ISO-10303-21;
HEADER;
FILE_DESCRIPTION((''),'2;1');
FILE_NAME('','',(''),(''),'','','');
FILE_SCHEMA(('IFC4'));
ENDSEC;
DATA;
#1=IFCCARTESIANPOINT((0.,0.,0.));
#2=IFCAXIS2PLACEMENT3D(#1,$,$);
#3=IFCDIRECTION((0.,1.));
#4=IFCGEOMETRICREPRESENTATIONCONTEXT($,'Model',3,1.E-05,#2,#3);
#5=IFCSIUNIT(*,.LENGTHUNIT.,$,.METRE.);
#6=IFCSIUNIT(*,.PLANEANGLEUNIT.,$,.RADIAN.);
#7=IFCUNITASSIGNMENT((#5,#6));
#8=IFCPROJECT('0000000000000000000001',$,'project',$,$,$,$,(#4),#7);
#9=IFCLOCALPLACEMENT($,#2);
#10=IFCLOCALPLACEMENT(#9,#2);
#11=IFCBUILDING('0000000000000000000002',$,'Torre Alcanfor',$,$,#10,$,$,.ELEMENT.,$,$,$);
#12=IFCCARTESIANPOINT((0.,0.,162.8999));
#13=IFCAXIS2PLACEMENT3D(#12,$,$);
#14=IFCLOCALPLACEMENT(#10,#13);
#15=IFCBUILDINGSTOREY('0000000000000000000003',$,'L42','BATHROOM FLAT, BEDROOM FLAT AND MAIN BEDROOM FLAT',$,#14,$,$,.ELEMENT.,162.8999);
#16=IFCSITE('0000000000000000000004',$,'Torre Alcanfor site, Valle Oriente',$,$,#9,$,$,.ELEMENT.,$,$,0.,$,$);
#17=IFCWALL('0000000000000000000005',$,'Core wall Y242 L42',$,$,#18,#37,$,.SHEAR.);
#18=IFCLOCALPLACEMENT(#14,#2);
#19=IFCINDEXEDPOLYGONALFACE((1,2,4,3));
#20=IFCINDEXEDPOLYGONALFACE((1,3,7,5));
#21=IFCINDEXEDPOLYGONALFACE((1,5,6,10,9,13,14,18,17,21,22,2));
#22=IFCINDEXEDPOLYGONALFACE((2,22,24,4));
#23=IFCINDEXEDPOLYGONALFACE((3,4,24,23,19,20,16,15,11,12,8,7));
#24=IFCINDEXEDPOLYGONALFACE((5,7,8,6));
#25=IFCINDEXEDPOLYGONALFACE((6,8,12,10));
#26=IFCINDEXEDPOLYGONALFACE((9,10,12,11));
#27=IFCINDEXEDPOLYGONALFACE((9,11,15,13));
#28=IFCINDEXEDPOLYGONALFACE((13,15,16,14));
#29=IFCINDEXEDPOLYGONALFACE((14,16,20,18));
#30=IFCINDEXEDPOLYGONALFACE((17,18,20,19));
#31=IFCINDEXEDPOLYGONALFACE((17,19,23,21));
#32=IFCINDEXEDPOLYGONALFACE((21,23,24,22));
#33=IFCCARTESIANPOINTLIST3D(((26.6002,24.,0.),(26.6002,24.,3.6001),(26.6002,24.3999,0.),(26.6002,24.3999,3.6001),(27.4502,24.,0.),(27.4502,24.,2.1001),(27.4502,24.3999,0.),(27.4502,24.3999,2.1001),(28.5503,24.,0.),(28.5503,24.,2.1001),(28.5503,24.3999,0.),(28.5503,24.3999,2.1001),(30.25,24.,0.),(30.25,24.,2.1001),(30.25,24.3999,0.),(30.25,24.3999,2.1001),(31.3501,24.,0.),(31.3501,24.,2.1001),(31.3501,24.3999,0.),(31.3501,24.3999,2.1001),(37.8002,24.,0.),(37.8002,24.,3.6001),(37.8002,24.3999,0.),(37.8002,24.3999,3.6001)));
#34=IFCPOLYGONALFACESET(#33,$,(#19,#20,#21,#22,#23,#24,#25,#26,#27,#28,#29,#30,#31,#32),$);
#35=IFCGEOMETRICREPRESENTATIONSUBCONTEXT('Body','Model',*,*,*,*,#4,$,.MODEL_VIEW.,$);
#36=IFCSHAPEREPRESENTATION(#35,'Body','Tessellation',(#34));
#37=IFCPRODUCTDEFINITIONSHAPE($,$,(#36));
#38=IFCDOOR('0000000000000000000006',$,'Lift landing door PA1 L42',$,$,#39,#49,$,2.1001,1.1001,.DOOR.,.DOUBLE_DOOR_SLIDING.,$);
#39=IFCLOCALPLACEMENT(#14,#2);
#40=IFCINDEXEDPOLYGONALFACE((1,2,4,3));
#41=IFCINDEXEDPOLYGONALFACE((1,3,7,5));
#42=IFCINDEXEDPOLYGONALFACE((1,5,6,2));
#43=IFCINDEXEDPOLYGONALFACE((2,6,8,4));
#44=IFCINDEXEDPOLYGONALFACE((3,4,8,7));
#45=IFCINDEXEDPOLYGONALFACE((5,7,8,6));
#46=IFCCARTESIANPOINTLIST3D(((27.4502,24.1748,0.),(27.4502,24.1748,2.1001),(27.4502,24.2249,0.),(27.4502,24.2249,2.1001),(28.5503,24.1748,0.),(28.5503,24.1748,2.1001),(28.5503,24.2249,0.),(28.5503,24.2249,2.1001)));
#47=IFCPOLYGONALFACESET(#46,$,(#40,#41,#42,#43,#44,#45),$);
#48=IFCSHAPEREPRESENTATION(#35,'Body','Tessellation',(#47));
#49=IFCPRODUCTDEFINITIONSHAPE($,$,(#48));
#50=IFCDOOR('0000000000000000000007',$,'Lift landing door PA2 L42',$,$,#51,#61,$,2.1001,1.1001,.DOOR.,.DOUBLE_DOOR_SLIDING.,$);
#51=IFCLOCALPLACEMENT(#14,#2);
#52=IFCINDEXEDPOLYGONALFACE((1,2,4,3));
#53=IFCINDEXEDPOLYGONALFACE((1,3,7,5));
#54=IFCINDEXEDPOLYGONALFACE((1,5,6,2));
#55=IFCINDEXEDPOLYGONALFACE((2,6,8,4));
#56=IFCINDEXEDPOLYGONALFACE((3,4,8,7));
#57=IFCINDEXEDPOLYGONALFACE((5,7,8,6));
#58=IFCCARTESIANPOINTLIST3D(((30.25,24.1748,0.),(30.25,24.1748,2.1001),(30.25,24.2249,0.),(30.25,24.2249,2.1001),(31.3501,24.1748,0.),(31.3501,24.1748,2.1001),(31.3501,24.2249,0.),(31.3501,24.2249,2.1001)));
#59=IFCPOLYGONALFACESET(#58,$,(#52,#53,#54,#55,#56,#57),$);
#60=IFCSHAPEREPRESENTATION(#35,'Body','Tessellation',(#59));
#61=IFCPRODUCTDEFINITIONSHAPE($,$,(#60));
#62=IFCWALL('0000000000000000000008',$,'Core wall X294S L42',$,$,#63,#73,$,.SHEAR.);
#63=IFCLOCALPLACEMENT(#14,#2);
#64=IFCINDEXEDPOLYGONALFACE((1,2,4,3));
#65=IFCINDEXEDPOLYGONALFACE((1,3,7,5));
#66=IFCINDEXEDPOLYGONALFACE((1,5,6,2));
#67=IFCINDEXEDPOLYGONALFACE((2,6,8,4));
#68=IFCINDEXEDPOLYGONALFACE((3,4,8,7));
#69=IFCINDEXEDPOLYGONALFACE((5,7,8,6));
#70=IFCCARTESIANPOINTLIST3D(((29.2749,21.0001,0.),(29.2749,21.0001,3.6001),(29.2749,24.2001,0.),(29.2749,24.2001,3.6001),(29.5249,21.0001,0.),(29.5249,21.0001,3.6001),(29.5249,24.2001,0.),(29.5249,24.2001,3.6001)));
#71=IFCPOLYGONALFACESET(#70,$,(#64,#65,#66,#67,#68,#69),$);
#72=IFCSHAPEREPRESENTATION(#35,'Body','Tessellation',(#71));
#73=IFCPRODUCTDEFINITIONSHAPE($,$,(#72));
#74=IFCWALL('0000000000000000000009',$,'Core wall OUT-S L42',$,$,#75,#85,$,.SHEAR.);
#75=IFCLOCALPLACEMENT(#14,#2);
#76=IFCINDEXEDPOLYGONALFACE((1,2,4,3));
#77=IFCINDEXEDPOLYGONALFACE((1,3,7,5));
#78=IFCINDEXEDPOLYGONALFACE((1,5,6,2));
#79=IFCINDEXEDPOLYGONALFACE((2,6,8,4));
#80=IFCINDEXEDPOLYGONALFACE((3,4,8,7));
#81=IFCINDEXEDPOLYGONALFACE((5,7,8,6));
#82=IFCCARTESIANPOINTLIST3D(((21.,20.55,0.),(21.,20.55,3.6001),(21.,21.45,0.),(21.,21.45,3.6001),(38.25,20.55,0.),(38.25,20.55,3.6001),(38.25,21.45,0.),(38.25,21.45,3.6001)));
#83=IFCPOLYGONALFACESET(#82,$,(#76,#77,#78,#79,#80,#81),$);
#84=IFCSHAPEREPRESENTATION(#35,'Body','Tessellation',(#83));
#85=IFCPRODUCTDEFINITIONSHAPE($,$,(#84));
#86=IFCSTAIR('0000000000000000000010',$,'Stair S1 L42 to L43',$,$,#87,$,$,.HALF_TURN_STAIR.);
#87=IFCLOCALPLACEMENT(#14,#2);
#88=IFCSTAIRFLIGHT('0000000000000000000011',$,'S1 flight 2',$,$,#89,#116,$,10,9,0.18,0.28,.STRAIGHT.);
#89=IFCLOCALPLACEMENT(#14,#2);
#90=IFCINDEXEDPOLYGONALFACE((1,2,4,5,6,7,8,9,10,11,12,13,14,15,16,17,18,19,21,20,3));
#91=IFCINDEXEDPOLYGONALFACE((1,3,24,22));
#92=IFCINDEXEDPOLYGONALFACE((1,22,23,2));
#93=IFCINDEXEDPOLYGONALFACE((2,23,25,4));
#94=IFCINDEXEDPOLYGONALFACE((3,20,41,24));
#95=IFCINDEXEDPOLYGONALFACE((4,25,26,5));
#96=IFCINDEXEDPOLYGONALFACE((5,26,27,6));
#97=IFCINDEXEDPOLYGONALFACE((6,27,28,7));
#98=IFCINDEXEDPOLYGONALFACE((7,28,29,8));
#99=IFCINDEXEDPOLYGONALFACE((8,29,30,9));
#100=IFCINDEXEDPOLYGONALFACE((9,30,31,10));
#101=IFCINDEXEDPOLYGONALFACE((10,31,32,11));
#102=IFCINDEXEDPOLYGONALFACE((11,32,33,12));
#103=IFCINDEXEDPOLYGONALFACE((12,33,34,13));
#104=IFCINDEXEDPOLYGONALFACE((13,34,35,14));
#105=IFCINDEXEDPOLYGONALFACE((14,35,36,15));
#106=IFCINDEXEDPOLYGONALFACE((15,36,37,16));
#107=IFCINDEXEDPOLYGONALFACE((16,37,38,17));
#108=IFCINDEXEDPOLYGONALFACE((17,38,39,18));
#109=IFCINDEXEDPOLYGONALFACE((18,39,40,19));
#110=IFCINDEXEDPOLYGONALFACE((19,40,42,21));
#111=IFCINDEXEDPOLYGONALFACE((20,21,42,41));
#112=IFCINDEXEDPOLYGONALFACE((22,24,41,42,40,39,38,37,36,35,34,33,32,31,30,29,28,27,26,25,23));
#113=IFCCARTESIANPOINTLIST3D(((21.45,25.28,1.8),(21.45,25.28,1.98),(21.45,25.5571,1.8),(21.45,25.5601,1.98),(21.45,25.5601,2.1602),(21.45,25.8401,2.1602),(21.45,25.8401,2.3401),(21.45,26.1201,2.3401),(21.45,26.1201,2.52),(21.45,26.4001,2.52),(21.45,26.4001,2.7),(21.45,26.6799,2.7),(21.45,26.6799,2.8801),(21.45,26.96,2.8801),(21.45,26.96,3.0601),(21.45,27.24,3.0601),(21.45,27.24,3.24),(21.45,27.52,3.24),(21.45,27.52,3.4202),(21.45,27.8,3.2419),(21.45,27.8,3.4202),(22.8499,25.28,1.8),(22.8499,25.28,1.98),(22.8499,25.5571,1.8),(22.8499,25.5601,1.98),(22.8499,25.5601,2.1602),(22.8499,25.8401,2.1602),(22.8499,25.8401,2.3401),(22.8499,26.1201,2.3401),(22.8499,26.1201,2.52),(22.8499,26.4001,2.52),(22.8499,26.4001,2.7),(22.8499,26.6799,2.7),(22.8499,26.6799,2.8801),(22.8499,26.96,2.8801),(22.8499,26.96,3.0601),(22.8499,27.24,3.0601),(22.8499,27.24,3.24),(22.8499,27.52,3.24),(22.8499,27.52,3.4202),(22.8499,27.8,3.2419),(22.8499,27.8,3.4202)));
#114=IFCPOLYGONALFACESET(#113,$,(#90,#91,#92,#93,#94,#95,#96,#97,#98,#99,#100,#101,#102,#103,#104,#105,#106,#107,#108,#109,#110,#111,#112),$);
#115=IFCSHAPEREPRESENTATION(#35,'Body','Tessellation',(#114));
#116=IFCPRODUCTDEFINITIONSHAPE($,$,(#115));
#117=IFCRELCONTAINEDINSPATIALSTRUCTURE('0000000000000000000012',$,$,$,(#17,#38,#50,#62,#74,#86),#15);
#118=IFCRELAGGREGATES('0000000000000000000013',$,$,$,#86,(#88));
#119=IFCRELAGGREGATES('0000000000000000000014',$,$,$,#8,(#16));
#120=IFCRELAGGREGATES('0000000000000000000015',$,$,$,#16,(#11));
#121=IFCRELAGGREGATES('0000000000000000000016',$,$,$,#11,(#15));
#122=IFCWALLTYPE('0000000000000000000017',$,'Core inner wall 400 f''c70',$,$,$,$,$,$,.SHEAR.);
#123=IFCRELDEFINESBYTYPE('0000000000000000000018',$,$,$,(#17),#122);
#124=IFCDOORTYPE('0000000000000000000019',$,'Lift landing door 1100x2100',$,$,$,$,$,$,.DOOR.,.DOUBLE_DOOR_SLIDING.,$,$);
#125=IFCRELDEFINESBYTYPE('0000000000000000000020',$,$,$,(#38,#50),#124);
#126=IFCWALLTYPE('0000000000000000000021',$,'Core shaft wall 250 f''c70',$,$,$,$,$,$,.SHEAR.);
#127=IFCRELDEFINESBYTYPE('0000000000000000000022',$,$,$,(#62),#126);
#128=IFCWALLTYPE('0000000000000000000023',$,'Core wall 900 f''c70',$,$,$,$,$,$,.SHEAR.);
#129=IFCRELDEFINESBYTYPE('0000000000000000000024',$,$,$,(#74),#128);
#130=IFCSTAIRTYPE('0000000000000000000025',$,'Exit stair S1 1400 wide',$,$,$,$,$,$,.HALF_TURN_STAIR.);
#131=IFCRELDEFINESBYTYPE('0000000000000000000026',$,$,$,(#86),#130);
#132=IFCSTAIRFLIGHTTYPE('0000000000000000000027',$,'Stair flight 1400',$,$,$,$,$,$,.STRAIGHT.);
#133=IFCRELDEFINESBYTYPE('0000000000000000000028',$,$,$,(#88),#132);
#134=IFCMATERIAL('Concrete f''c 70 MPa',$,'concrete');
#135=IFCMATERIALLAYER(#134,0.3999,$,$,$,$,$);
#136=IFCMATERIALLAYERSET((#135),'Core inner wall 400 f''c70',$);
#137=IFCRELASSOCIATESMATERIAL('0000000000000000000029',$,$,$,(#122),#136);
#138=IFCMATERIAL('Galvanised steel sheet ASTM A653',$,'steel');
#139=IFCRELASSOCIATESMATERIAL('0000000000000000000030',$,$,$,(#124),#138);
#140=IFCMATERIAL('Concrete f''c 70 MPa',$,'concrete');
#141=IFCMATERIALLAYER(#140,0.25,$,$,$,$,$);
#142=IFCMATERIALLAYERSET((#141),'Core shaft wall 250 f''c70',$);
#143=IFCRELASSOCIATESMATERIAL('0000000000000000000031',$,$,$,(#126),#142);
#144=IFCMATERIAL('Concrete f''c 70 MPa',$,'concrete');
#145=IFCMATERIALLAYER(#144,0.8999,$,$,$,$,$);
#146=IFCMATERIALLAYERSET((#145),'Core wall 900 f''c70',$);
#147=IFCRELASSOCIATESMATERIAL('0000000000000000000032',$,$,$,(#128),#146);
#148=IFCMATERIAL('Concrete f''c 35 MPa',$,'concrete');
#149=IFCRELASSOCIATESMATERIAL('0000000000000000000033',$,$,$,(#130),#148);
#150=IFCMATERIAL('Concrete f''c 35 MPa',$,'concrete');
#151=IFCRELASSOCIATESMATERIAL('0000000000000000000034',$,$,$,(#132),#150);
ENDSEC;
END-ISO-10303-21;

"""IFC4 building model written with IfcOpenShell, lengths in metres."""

from ifc_helpers import new_model, si_unit, direction, frame, frame_2d, origin, place, context, subcontext, project, spatial, polyline, rectangle, outline, extrude, material, layer, layer_set, type_object, element, fill, aggregate, save


model = new_model("IFC4")

# Units and contexts
model_context = context("Model", 3, precision=1e-05, world=origin(), true_north=direction((0.0, 1.0)))
body_context = subcontext(model_context, "Body", "Model", "MODEL_VIEW")
ifc_project = project(units=[si_unit("LENGTHUNIT", "METRE"), si_unit("PLANEANGLEUNIT", "RADIAN")], contexts=[model_context])

# Site, building, storey
site_placement = place(None, origin())
site = spatial("IfcSite", under=ifc_project, at=site_placement, Name="Torre Alcanfor site, Valle Oriente", CompositionType="ELEMENT", RefElevation=0.0)
building_placement = place(site_placement, origin())
building = spatial("IfcBuilding", under=site, at=building_placement, Name="Torre Alcanfor", CompositionType="ELEMENT")
storey_placement = place(building_placement, frame((0.0, 0.0, 162.8999)))
storey = spatial("IfcBuildingStorey", under=building, at=storey_placement, Name="L42", Description="BATHROOM FLAT, BEDROOM FLAT AND MAIN BEDROOM FLAT", CompositionType="ELEMENT", Elevation=162.8999)

# Shared definitions
ifc_material_1 = material(Name="Concrete f'c 70 MPa", Category="concrete")
ifc_layer_1 = layer(ifc_material_1, 0.3999)
ifc_layer_set_1 = layer_set([ifc_layer_1], Name="Core inner wall 400 f'c70")
wall_type_1 = type_object("IfcWallType", Name="Core inner wall 400 f'c70", PredefinedType="SHEAR", material=ifc_layer_set_1)

# Wall, openings, doors
wall_1_placement = place(storey_placement, frame((26.6001, 24.2, 0.0), z_axis=(0.0, 0.0, 1.0), x_axis=(1.0, 0.0, 0.0)))
wall_1 = element("IfcWall", 1, at=wall_1_placement, inside=storey, type_object=wall_type_1, Name="Core wall Y242 L42", PredefinedType="SHEAR", context=body_context, shape_type="SweptSolid", body=[
    extrude(rectangle(XDim=11.2, YDim=0.3999, at=frame_2d((5.6001, 0.0))), origin(), (0.0, 0.0, 1.0), 3.6001),
])
opening_1_placement = place(wall_1_placement, frame((0.8501, 0.0, 0.0)))
opening_1 = element("IfcOpeningElement", 2, at=opening_1_placement, cuts=wall_1, PredefinedType="OPENING", context=body_context, shape_type="SweptSolid", body=[
    extrude(rectangle(XDim=1.1001, YDim=2.1001, at=frame_2d((0.55, 1.05))), frame((0.0, 0.21, 0.0), z_axis=(0.0, -1.0, 0.0), x_axis=(1.0, 0.0, 0.0)), (0.0, 0.0, 1.0), 0.4199),
])
opening_2_placement = place(wall_1_placement, frame((3.6499, 0.0, 0.0)))
opening_2 = element("IfcOpeningElement", 3, at=opening_2_placement, cuts=wall_1, PredefinedType="OPENING", context=body_context, shape_type="SweptSolid", body=[
    extrude(rectangle(XDim=1.1001, YDim=2.1001, at=frame_2d((0.55, 1.05))), frame((0.0, 0.21, 0.0), z_axis=(0.0, -1.0, 0.0), x_axis=(1.0, 0.0, 0.0)), (0.0, 0.0, 1.0), 0.4199),
])
ifc_material_2 = material(Name="Galvanised steel sheet ASTM A653", Category="steel")
door_type_1 = type_object("IfcDoorType", Name="Lift landing door 1100x2100", OperationType="DOUBLE_DOOR_SLIDING", PredefinedType="DOOR", material=ifc_material_2)
door_1_placement = place(opening_1_placement, origin())
door_1 = element("IfcDoor", 4, at=door_1_placement, inside=storey, type_object=door_type_1, Name="Lift landing door PA1 L42", OperationType="DOUBLE_DOOR_SLIDING", OverallHeight=2.1001, OverallWidth=1.1001, PredefinedType="DOOR", context=body_context, shape_type="SweptSolid", body=[
    extrude(rectangle(XDim=1.1001, YDim=2.1001, at=frame_2d((0.55, 1.05))), frame((0.0, 0.0249, 0.0), z_axis=(0.0, -1.0, 0.0), x_axis=(1.0, 0.0, 0.0)), (0.0, 0.0, 1.0), 0.05),
])
fill(opening_1, door_1)
door_2_placement = place(opening_2_placement, origin())
door_2 = element("IfcDoor", 5, at=door_2_placement, inside=storey, type_object=door_type_1, Name="Lift landing door PA2 L42", OperationType="DOUBLE_DOOR_SLIDING", OverallHeight=2.1001, OverallWidth=1.1001, PredefinedType="DOOR", context=body_context, shape_type="SweptSolid", body=[
    extrude(rectangle(XDim=1.1001, YDim=2.1001, at=frame_2d((0.55, 1.05))), frame((0.0, 0.0249, 0.0), z_axis=(0.0, -1.0, 0.0), x_axis=(1.0, 0.0, 0.0)), (0.0, 0.0, 1.0), 0.05),
])
fill(opening_2, door_2)

# Walls
ifc_material_3 = material(Name="Concrete f'c 70 MPa", Category="concrete")
ifc_layer_2 = layer(ifc_material_3, 0.25)
ifc_layer_set_2 = layer_set([ifc_layer_2], Name="Core shaft wall 250 f'c70")
wall_type_2 = type_object("IfcWallType", Name="Core shaft wall 250 f'c70", PredefinedType="SHEAR", material=ifc_layer_set_2)
wall_2_placement = place(storey_placement, frame((29.3999, 21.0, 0.0), z_axis=(0.0, 0.0, 1.0), x_axis=(0.0, 1.0, 0.0)))
element("IfcWall", 6, at=wall_2_placement, inside=storey, type_object=wall_type_2, Name="Core wall X294S L42", PredefinedType="SHEAR", context=body_context, shape_type="SweptSolid", body=[
    extrude(rectangle(XDim=3.2, YDim=0.25, at=frame_2d((1.6001, 0.0))), origin(), (0.0, 0.0, 1.0), 3.6001),
])
ifc_material_4 = material(Name="Concrete f'c 70 MPa", Category="concrete")
ifc_layer_3 = layer(ifc_material_4, 0.8999)
ifc_layer_set_3 = layer_set([ifc_layer_3], Name="Core wall 900 f'c70")
wall_type_3 = type_object("IfcWallType", Name="Core wall 900 f'c70", PredefinedType="SHEAR", material=ifc_layer_set_3)
wall_3_placement = place(storey_placement, frame((21.0, 21.0, 0.0), z_axis=(0.0, 0.0, 1.0), x_axis=(1.0, 0.0, 0.0)))
element("IfcWall", 7, at=wall_3_placement, inside=storey, type_object=wall_type_3, Name="Core wall OUT-S L42", PredefinedType="SHEAR", context=body_context, shape_type="SweptSolid", body=[
    extrude(rectangle(XDim=17.25, YDim=0.8999, at=frame_2d((8.625, 0.0))), origin(), (0.0, 0.0, 1.0), 3.6001),
])

# Stair, stair flight
ifc_material_5 = material(Name="Concrete f'c 35 MPa", Category="concrete")
stair_type = type_object("IfcStairType", Name="Exit stair S1 1400 wide", PredefinedType="HALF_TURN_STAIR", material=ifc_material_5)
stair_placement = place(storey_placement, origin())
stair = element("IfcStair", 8, at=stair_placement, inside=storey, type_object=stair_type, Name="Stair S1 L42 to L43", PredefinedType="HALF_TURN_STAIR")
ifc_material_6 = material(Name="Concrete f'c 35 MPa", Category="concrete")
stair_flight_type = type_object("IfcStairFlightType", Name="Stair flight 1400", PredefinedType="STRAIGHT", material=ifc_material_6)
stair_flight_placement = place(storey_placement, frame((22.1499, 25.28, 1.8), z_axis=(0.0, 0.0, 1.0), x_axis=(0.0, 1.0, 0.0)))
stair_flight = element("IfcStairFlight", 9, at=stair_flight_placement, type_object=stair_flight_type, Name="S1 flight 2", NumberOfRisers=10, NumberOfTreads=9, PredefinedType="STRAIGHT", RiserHeight=0.18, TreadLength=0.28, context=body_context, shape_type="SweptSolid", body=[
    extrude(outline(polyline([(0.0, 0.0), (0.0, 0.1799), (0.28, 0.1799), (0.28, 0.3601), (0.5601, 0.3601), (0.5601, 0.54), (0.8401, 0.54), (0.8401, 0.72), (1.1201, 0.72), (1.1201, 0.8999), (1.3999, 0.8999), (1.3999, 1.0801), (1.6799, 1.0801), (1.6799, 1.26), (1.96, 1.26), (1.96, 1.4399), (2.24, 1.4399), (2.24, 1.6201), (2.52, 1.6201), (2.52, 1.8), (2.52, 1.4419), (0.2771, 0.0), (0.0, 0.0)])), frame((0.0, 0.7, 0.0), z_axis=(0.0, -1.0, 0.0), x_axis=(1.0, 0.0, 0.0)), (0.0, 0.0, 1.0), 1.3999),
])
aggregate(stair, [stair_flight])

save(model, "model.ifc")
